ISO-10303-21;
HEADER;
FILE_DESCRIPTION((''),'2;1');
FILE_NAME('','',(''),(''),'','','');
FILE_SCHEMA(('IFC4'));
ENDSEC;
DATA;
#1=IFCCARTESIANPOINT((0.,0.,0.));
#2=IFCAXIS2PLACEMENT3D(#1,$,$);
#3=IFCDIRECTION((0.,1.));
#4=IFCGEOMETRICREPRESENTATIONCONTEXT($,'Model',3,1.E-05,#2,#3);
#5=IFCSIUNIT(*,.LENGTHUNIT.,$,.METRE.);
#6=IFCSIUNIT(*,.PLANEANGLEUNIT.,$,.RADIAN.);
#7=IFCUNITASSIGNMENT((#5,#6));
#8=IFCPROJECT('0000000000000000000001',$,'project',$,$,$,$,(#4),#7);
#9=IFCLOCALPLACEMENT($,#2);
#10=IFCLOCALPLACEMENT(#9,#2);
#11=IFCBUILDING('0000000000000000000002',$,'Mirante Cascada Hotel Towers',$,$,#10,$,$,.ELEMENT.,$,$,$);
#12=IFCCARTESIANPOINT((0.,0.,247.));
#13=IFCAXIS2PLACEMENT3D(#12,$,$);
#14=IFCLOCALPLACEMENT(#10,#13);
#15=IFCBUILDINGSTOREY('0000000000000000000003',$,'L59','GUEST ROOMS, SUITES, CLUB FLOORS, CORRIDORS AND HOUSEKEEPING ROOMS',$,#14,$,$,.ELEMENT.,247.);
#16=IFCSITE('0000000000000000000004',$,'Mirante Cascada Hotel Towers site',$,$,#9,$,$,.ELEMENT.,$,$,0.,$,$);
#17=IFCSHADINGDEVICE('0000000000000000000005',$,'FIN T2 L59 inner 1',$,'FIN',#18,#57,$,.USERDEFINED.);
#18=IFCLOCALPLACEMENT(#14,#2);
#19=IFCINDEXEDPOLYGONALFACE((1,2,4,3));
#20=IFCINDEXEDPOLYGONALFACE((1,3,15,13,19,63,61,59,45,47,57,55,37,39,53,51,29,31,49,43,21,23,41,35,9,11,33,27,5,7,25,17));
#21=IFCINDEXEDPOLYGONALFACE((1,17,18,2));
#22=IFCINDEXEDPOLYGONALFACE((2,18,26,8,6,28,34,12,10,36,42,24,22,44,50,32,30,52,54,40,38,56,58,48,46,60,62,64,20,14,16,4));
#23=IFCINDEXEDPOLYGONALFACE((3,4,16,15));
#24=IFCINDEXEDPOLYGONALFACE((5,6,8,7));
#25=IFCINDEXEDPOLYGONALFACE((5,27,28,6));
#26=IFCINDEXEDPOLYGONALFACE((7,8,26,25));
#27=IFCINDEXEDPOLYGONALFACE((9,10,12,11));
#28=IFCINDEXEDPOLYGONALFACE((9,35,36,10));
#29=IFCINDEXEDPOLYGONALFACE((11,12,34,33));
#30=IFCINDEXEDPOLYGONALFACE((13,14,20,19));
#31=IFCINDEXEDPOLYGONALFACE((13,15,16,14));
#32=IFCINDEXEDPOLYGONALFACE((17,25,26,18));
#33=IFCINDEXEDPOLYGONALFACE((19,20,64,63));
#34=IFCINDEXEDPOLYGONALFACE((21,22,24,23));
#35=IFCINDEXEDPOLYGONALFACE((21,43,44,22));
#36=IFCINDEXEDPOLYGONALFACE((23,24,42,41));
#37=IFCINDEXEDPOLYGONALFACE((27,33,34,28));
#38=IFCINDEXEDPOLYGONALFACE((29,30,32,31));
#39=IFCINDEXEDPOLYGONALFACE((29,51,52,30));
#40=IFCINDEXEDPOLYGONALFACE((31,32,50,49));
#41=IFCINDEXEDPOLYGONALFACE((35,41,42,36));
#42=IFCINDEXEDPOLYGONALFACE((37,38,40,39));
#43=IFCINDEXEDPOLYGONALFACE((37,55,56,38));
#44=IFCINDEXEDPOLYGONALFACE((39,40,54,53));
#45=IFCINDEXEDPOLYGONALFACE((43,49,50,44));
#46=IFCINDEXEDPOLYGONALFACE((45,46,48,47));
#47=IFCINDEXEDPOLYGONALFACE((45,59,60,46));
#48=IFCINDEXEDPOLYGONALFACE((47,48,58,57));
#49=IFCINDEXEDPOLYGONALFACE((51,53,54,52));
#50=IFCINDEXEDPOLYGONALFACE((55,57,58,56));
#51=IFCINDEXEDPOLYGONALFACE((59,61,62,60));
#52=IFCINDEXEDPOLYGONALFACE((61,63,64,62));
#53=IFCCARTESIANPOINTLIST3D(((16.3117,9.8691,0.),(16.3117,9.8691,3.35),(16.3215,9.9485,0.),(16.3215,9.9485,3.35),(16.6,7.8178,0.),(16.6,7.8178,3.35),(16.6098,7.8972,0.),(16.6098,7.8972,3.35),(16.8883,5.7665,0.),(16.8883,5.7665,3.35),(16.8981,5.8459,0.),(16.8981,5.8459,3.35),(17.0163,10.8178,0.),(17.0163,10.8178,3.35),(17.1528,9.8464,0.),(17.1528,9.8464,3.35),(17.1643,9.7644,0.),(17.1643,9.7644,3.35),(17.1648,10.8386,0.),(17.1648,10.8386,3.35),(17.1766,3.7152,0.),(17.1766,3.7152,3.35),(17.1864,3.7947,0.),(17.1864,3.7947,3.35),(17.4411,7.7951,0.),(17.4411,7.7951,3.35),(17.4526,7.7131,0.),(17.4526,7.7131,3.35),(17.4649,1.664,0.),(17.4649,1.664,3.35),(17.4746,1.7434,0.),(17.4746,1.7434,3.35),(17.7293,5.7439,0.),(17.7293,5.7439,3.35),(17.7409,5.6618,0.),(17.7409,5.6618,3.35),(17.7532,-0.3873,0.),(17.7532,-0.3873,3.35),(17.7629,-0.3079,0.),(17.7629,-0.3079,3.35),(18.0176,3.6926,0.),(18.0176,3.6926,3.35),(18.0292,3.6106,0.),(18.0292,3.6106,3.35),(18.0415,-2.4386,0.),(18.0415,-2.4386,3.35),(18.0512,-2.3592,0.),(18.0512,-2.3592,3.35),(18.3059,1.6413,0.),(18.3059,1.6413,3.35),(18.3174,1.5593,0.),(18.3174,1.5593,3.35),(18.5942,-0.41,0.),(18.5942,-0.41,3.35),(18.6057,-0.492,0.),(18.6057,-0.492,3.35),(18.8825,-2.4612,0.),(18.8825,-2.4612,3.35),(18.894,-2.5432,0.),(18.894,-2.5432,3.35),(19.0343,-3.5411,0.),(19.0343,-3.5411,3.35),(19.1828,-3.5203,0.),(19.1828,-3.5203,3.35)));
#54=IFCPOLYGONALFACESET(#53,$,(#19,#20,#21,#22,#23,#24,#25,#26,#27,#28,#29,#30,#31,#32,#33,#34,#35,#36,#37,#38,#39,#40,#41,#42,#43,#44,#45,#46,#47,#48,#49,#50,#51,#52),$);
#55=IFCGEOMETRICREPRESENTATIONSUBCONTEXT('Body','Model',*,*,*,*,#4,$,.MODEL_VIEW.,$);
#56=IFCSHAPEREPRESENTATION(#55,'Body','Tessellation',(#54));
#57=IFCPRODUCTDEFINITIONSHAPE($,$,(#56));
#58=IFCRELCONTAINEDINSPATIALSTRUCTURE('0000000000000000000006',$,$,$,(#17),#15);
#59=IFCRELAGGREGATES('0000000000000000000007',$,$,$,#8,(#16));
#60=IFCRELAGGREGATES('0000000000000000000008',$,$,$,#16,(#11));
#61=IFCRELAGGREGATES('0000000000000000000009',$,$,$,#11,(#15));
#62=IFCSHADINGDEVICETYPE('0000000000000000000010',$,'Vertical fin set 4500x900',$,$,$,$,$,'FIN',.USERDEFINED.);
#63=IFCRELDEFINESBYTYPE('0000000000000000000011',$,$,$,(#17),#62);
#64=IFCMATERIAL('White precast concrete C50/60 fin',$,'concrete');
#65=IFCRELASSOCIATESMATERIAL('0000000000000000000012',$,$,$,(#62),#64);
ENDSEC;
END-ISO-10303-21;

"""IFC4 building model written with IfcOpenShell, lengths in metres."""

from ifc_helpers import new_model, si_unit, direction, frame, origin, place, context, subcontext, project, spatial, polyline, outline, extrude, material, type_object, element, save


model = new_model("IFC4")

# Units and contexts
model_context = context("Model", 3, precision=1e-05, world=origin(), true_north=direction((0.0, 1.0)))
body_context = subcontext(model_context, "Body", "Model", "MODEL_VIEW")
ifc_project = project(units=[si_unit("LENGTHUNIT", "METRE"), si_unit("PLANEANGLEUNIT", "RADIAN")], contexts=[model_context])

# Site, building, storey
site_placement = place(None, origin())
site = spatial("IfcSite", under=ifc_project, at=site_placement, Name="Mirante Cascada Hotel Towers site", CompositionType="ELEMENT", RefElevation=0.0)
building_placement = place(site_placement, origin())
building = spatial("IfcBuilding", under=site, at=building_placement, Name="Mirante Cascada Hotel Towers", CompositionType="ELEMENT")
storey_placement = place(building_placement, frame((0.0, 0.0, 247.0)))
storey = spatial("IfcBuildingStorey", under=building, at=storey_placement, Name="L59", Description="GUEST ROOMS, SUITES, CLUB FLOORS, CORRIDORS AND HOUSEKEEPING ROOMS", CompositionType="ELEMENT", Elevation=247.0)

# Shading device
ifc_material_1 = material(Name="White precast concrete C50/60 fin", Category="concrete")
shading_device_type = type_object("IfcShadingDeviceType", Name="Vertical fin set 4500x900", ElementType="FIN", PredefinedType="USERDEFINED", material=ifc_material_1)
shading_device_1_placement = place(storey_placement, origin())
element("IfcShadingDevice", 1, at=shading_device_1_placement, inside=storey, type_object=shading_device_type, Name="FIN T2 L59 inner 1", ObjectType="FIN", PredefinedType="USERDEFINED", context=body_context, shape_type="SweptSolid", body=[
    extrude(outline(polyline([(18.0512, -2.3592), (18.8825, -2.4612), (18.6057, -0.492), (17.7532, -0.3873), (17.7629, -0.3079), (18.5942, -0.41), (18.3174, 1.5593), (17.4649, 1.664), (17.4746, 1.7434), (18.3059, 1.6413), (18.0292, 3.6106), (17.1766, 3.7152), (17.1864, 3.7947), (18.0176, 3.6926), (17.7409, 5.6618), (16.8883, 5.7665), (16.8981, 5.8459), (17.7293, 5.7439), (17.4526, 7.7131), (16.6, 7.8178), (16.6098, 7.8972), (17.4411, 7.7951), (17.1643, 9.7644), (16.3117, 9.8691), (16.3215, 9.9485), (17.1528, 9.8464), (17.0163, 10.8178), (17.1648, 10.8386), (19.1828, -3.5203), (19.0343, -3.5411), (18.894, -2.5432), (18.0415, -2.4386), (18.0512, -2.3592)])), origin(), (0.0, 0.0, 1.0), 3.35),
])

save(model, "model.ifc")
